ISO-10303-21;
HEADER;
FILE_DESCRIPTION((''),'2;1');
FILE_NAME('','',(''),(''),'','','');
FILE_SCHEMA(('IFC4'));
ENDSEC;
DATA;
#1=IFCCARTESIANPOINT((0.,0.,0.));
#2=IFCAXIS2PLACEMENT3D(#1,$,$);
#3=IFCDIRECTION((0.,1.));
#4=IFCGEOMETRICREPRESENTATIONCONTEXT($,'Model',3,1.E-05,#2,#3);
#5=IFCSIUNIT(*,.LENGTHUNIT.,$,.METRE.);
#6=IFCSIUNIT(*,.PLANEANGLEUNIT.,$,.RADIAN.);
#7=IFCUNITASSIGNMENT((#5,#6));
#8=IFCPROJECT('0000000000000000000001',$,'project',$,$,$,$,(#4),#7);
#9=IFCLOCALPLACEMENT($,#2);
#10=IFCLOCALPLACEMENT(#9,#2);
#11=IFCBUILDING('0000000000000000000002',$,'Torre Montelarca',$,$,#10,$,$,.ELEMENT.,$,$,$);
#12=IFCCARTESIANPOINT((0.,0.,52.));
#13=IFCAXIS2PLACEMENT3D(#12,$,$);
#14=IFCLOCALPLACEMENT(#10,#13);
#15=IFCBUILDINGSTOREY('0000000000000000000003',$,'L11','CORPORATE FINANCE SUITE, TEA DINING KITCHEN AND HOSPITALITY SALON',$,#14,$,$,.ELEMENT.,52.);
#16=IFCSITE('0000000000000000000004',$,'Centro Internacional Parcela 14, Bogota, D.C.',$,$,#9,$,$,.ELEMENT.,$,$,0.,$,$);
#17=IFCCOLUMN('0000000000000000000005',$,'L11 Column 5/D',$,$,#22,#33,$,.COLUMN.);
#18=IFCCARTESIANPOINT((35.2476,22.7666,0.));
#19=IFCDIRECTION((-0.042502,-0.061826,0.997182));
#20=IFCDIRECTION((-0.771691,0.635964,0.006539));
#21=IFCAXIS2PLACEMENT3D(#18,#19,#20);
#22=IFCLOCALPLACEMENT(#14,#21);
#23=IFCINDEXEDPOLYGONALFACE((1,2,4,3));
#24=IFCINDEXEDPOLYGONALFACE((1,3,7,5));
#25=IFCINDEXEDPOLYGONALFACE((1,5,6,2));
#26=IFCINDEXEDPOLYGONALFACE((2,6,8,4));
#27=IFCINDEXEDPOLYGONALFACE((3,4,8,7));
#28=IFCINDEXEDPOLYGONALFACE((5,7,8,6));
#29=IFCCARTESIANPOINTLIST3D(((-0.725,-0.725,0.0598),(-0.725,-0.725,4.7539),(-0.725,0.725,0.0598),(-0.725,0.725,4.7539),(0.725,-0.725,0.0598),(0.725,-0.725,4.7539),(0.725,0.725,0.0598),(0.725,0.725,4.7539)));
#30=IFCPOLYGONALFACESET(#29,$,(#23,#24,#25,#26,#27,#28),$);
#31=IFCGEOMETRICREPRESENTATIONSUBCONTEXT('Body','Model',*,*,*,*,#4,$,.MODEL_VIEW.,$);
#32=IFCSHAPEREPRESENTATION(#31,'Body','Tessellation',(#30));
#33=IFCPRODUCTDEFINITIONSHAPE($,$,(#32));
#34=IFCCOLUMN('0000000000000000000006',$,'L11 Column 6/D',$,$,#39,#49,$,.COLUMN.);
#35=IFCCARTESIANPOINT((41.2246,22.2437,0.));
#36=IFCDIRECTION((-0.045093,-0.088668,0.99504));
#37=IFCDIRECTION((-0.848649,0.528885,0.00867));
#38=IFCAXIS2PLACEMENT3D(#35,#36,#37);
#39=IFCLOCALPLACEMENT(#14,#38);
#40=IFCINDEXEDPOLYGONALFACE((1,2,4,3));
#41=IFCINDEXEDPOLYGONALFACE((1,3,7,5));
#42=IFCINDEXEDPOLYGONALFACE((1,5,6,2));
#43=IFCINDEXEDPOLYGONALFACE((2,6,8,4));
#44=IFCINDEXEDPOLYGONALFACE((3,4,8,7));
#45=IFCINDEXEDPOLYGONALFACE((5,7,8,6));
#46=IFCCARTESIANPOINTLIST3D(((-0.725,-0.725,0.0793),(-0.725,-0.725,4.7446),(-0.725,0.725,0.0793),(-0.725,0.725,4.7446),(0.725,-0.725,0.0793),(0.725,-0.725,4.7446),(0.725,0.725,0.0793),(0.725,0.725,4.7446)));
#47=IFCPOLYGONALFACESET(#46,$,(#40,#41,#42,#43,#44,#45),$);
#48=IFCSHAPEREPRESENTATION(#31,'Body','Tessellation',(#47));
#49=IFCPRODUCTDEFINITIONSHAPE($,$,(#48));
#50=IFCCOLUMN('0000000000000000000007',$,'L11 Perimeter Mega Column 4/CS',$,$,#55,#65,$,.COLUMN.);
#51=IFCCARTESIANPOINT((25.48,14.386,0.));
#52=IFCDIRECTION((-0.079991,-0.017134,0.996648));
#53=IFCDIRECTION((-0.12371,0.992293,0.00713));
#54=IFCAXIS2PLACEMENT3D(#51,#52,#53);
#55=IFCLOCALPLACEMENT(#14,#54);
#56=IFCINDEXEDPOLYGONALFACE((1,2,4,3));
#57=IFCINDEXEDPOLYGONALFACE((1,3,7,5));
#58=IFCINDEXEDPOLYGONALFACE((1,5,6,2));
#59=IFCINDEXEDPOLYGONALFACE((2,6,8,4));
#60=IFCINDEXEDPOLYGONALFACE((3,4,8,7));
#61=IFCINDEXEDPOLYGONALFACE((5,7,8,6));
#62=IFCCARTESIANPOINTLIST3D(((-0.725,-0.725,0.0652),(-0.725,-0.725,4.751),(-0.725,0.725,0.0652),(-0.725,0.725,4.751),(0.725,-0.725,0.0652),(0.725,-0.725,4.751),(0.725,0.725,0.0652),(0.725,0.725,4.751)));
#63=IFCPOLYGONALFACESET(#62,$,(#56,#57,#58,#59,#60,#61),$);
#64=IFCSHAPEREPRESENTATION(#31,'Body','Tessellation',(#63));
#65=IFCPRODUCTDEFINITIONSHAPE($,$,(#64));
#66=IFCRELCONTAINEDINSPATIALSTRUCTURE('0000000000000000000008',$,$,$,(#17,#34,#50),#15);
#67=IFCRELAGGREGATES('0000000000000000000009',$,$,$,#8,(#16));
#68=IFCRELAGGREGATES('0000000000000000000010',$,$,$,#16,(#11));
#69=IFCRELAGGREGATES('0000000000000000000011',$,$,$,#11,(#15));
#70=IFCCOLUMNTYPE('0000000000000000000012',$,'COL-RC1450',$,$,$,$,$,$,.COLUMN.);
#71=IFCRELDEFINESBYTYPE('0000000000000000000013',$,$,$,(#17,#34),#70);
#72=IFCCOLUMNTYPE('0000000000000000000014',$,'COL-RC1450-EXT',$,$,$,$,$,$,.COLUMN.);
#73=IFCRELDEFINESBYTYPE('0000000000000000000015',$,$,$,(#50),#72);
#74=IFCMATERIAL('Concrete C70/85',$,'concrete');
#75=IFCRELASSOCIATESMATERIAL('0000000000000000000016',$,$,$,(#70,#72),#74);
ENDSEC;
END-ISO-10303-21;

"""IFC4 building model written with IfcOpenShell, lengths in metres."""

from ifc_helpers import new_model, si_unit, direction, frame, origin, origin_2d, place, context, subcontext, project, spatial, rectangle, extrude, clip, halfspace, material, material_profile, profile_set, type_object, element, save


model = new_model("IFC4")

# Units and contexts
model_context = context("Model", 3, precision=1e-05, world=origin(), true_north=direction((0.0, 1.0)))
body_context = subcontext(model_context, "Body", "Model", "MODEL_VIEW")
ifc_project = project(units=[si_unit("LENGTHUNIT", "METRE"), si_unit("PLANEANGLEUNIT", "RADIAN")], contexts=[model_context])

# Site, building, storey
site_placement = place(None, origin())
site = spatial("IfcSite", under=ifc_project, at=site_placement, Name="Centro Internacional Parcela 14, Bogota, D.C.", CompositionType="ELEMENT", RefElevation=0.0)
building_placement = place(site_placement, origin())
building = spatial("IfcBuilding", under=site, at=building_placement, Name="Torre Montelarca", CompositionType="ELEMENT")
storey_placement = place(building_placement, frame((0.0, 0.0, 52.0)))
storey = spatial("IfcBuildingStorey", under=building, at=storey_placement, Name="L11", Description="CORPORATE FINANCE SUITE, TEA DINING KITCHEN AND HOSPITALITY SALON", CompositionType="ELEMENT", Elevation=52.0)

# Columns
ifc_material_1 = material(Name="Concrete C70/85", Category="concrete")
ifc_material_profile_1 = material_profile(ifc_material_1, rectangle(XDim=1.45, YDim=1.45, at=origin_2d()), Name="RC1450X1450", Category="concrete")
ifc_profile_set_1 = profile_set([ifc_material_profile_1], Name="Concrete C70/85")
column_type_1 = type_object("IfcColumnType", Name="COL-RC1450", PredefinedType="COLUMN", material=ifc_profile_set_1)
column_1_placement = place(storey_placement, frame((35.2476, 22.7666, 0.0), z_axis=(-0.042502, -0.061826, 0.997182), x_axis=(-0.771691, 0.635964, 0.006539)))
element("IfcColumn", 1, at=column_1_placement, inside=storey, type_object=column_type_1, Name="L11 Column 5/D", PredefinedType="COLUMN", context=body_context, shape_type="Clipping", body=[
    clip(clip(extrude(rectangle(XDim=1.45, YDim=1.45, at=origin_2d()), origin(), (0.0, 0.0, 1.0), 4.8137), halfspace(frame((0.0, 0.0, 0.0598), z_axis=(0.0, 0.0, -1.0), x_axis=(1.0, 0.0, 0.0)), False)), halfspace(frame((0.0, 0.0, 4.7539), z_axis=(0.0, 0.0, 1.0), x_axis=(1.0, 0.0, 0.0)), False)),
])
column_2_placement = place(storey_placement, frame((41.2246, 22.2437, 0.0), z_axis=(-0.045093, -0.088668, 0.99504), x_axis=(-0.848649, 0.528885, 0.00867)))
element("IfcColumn", 2, at=column_2_placement, inside=storey, type_object=column_type_1, Name="L11 Column 6/D", PredefinedType="COLUMN", context=body_context, shape_type="Clipping", body=[
    clip(clip(extrude(rectangle(XDim=1.45, YDim=1.45, at=origin_2d()), origin(), (0.0, 0.0, 1.0), 4.824), halfspace(frame((0.0, 0.0, 0.0793), z_axis=(0.0, 0.0, -1.0), x_axis=(1.0, 0.0, 0.0)), False)), halfspace(frame((0.0, 0.0, 4.7446), z_axis=(0.0, 0.0, 1.0), x_axis=(1.0, 0.0, 0.0)), False)),
])
ifc_material_profile_2 = material_profile(ifc_material_1, rectangle(XDim=1.45, YDim=1.45, at=origin_2d()), Name="RC1450X1450", Category="concrete")
ifc_profile_set_2 = profile_set([ifc_material_profile_2], Name="Concrete C70/85")
column_type_2 = type_object("IfcColumnType", Name="COL-RC1450-EXT", PredefinedType="COLUMN", material=ifc_profile_set_2)
column_3_placement = place(storey_placement, frame((25.48, 14.386, 0.0), z_axis=(-0.079991, -0.017134, 0.996648), x_axis=(-0.12371, 0.992293, 0.00713)))
element("IfcColumn", 3, at=column_3_placement, inside=storey, type_object=column_type_2, Name="L11 Perimeter Mega Column 4/CS", PredefinedType="COLUMN", context=body_context, shape_type="Clipping", body=[
    clip(clip(extrude(rectangle(XDim=1.45, YDim=1.45, at=origin_2d()), origin(), (0.0, 0.0, 1.0), 4.8162), halfspace(frame((0.0, 0.0, 0.0652), z_axis=(0.0, 0.0, -1.0), x_axis=(1.0, 0.0, 0.0)), False)), halfspace(frame((0.0, 0.0, 4.751), z_axis=(0.0, 0.0, 1.0), x_axis=(1.0, 0.0, 0.0)), False)),
])

save(model, "model.ifc")
